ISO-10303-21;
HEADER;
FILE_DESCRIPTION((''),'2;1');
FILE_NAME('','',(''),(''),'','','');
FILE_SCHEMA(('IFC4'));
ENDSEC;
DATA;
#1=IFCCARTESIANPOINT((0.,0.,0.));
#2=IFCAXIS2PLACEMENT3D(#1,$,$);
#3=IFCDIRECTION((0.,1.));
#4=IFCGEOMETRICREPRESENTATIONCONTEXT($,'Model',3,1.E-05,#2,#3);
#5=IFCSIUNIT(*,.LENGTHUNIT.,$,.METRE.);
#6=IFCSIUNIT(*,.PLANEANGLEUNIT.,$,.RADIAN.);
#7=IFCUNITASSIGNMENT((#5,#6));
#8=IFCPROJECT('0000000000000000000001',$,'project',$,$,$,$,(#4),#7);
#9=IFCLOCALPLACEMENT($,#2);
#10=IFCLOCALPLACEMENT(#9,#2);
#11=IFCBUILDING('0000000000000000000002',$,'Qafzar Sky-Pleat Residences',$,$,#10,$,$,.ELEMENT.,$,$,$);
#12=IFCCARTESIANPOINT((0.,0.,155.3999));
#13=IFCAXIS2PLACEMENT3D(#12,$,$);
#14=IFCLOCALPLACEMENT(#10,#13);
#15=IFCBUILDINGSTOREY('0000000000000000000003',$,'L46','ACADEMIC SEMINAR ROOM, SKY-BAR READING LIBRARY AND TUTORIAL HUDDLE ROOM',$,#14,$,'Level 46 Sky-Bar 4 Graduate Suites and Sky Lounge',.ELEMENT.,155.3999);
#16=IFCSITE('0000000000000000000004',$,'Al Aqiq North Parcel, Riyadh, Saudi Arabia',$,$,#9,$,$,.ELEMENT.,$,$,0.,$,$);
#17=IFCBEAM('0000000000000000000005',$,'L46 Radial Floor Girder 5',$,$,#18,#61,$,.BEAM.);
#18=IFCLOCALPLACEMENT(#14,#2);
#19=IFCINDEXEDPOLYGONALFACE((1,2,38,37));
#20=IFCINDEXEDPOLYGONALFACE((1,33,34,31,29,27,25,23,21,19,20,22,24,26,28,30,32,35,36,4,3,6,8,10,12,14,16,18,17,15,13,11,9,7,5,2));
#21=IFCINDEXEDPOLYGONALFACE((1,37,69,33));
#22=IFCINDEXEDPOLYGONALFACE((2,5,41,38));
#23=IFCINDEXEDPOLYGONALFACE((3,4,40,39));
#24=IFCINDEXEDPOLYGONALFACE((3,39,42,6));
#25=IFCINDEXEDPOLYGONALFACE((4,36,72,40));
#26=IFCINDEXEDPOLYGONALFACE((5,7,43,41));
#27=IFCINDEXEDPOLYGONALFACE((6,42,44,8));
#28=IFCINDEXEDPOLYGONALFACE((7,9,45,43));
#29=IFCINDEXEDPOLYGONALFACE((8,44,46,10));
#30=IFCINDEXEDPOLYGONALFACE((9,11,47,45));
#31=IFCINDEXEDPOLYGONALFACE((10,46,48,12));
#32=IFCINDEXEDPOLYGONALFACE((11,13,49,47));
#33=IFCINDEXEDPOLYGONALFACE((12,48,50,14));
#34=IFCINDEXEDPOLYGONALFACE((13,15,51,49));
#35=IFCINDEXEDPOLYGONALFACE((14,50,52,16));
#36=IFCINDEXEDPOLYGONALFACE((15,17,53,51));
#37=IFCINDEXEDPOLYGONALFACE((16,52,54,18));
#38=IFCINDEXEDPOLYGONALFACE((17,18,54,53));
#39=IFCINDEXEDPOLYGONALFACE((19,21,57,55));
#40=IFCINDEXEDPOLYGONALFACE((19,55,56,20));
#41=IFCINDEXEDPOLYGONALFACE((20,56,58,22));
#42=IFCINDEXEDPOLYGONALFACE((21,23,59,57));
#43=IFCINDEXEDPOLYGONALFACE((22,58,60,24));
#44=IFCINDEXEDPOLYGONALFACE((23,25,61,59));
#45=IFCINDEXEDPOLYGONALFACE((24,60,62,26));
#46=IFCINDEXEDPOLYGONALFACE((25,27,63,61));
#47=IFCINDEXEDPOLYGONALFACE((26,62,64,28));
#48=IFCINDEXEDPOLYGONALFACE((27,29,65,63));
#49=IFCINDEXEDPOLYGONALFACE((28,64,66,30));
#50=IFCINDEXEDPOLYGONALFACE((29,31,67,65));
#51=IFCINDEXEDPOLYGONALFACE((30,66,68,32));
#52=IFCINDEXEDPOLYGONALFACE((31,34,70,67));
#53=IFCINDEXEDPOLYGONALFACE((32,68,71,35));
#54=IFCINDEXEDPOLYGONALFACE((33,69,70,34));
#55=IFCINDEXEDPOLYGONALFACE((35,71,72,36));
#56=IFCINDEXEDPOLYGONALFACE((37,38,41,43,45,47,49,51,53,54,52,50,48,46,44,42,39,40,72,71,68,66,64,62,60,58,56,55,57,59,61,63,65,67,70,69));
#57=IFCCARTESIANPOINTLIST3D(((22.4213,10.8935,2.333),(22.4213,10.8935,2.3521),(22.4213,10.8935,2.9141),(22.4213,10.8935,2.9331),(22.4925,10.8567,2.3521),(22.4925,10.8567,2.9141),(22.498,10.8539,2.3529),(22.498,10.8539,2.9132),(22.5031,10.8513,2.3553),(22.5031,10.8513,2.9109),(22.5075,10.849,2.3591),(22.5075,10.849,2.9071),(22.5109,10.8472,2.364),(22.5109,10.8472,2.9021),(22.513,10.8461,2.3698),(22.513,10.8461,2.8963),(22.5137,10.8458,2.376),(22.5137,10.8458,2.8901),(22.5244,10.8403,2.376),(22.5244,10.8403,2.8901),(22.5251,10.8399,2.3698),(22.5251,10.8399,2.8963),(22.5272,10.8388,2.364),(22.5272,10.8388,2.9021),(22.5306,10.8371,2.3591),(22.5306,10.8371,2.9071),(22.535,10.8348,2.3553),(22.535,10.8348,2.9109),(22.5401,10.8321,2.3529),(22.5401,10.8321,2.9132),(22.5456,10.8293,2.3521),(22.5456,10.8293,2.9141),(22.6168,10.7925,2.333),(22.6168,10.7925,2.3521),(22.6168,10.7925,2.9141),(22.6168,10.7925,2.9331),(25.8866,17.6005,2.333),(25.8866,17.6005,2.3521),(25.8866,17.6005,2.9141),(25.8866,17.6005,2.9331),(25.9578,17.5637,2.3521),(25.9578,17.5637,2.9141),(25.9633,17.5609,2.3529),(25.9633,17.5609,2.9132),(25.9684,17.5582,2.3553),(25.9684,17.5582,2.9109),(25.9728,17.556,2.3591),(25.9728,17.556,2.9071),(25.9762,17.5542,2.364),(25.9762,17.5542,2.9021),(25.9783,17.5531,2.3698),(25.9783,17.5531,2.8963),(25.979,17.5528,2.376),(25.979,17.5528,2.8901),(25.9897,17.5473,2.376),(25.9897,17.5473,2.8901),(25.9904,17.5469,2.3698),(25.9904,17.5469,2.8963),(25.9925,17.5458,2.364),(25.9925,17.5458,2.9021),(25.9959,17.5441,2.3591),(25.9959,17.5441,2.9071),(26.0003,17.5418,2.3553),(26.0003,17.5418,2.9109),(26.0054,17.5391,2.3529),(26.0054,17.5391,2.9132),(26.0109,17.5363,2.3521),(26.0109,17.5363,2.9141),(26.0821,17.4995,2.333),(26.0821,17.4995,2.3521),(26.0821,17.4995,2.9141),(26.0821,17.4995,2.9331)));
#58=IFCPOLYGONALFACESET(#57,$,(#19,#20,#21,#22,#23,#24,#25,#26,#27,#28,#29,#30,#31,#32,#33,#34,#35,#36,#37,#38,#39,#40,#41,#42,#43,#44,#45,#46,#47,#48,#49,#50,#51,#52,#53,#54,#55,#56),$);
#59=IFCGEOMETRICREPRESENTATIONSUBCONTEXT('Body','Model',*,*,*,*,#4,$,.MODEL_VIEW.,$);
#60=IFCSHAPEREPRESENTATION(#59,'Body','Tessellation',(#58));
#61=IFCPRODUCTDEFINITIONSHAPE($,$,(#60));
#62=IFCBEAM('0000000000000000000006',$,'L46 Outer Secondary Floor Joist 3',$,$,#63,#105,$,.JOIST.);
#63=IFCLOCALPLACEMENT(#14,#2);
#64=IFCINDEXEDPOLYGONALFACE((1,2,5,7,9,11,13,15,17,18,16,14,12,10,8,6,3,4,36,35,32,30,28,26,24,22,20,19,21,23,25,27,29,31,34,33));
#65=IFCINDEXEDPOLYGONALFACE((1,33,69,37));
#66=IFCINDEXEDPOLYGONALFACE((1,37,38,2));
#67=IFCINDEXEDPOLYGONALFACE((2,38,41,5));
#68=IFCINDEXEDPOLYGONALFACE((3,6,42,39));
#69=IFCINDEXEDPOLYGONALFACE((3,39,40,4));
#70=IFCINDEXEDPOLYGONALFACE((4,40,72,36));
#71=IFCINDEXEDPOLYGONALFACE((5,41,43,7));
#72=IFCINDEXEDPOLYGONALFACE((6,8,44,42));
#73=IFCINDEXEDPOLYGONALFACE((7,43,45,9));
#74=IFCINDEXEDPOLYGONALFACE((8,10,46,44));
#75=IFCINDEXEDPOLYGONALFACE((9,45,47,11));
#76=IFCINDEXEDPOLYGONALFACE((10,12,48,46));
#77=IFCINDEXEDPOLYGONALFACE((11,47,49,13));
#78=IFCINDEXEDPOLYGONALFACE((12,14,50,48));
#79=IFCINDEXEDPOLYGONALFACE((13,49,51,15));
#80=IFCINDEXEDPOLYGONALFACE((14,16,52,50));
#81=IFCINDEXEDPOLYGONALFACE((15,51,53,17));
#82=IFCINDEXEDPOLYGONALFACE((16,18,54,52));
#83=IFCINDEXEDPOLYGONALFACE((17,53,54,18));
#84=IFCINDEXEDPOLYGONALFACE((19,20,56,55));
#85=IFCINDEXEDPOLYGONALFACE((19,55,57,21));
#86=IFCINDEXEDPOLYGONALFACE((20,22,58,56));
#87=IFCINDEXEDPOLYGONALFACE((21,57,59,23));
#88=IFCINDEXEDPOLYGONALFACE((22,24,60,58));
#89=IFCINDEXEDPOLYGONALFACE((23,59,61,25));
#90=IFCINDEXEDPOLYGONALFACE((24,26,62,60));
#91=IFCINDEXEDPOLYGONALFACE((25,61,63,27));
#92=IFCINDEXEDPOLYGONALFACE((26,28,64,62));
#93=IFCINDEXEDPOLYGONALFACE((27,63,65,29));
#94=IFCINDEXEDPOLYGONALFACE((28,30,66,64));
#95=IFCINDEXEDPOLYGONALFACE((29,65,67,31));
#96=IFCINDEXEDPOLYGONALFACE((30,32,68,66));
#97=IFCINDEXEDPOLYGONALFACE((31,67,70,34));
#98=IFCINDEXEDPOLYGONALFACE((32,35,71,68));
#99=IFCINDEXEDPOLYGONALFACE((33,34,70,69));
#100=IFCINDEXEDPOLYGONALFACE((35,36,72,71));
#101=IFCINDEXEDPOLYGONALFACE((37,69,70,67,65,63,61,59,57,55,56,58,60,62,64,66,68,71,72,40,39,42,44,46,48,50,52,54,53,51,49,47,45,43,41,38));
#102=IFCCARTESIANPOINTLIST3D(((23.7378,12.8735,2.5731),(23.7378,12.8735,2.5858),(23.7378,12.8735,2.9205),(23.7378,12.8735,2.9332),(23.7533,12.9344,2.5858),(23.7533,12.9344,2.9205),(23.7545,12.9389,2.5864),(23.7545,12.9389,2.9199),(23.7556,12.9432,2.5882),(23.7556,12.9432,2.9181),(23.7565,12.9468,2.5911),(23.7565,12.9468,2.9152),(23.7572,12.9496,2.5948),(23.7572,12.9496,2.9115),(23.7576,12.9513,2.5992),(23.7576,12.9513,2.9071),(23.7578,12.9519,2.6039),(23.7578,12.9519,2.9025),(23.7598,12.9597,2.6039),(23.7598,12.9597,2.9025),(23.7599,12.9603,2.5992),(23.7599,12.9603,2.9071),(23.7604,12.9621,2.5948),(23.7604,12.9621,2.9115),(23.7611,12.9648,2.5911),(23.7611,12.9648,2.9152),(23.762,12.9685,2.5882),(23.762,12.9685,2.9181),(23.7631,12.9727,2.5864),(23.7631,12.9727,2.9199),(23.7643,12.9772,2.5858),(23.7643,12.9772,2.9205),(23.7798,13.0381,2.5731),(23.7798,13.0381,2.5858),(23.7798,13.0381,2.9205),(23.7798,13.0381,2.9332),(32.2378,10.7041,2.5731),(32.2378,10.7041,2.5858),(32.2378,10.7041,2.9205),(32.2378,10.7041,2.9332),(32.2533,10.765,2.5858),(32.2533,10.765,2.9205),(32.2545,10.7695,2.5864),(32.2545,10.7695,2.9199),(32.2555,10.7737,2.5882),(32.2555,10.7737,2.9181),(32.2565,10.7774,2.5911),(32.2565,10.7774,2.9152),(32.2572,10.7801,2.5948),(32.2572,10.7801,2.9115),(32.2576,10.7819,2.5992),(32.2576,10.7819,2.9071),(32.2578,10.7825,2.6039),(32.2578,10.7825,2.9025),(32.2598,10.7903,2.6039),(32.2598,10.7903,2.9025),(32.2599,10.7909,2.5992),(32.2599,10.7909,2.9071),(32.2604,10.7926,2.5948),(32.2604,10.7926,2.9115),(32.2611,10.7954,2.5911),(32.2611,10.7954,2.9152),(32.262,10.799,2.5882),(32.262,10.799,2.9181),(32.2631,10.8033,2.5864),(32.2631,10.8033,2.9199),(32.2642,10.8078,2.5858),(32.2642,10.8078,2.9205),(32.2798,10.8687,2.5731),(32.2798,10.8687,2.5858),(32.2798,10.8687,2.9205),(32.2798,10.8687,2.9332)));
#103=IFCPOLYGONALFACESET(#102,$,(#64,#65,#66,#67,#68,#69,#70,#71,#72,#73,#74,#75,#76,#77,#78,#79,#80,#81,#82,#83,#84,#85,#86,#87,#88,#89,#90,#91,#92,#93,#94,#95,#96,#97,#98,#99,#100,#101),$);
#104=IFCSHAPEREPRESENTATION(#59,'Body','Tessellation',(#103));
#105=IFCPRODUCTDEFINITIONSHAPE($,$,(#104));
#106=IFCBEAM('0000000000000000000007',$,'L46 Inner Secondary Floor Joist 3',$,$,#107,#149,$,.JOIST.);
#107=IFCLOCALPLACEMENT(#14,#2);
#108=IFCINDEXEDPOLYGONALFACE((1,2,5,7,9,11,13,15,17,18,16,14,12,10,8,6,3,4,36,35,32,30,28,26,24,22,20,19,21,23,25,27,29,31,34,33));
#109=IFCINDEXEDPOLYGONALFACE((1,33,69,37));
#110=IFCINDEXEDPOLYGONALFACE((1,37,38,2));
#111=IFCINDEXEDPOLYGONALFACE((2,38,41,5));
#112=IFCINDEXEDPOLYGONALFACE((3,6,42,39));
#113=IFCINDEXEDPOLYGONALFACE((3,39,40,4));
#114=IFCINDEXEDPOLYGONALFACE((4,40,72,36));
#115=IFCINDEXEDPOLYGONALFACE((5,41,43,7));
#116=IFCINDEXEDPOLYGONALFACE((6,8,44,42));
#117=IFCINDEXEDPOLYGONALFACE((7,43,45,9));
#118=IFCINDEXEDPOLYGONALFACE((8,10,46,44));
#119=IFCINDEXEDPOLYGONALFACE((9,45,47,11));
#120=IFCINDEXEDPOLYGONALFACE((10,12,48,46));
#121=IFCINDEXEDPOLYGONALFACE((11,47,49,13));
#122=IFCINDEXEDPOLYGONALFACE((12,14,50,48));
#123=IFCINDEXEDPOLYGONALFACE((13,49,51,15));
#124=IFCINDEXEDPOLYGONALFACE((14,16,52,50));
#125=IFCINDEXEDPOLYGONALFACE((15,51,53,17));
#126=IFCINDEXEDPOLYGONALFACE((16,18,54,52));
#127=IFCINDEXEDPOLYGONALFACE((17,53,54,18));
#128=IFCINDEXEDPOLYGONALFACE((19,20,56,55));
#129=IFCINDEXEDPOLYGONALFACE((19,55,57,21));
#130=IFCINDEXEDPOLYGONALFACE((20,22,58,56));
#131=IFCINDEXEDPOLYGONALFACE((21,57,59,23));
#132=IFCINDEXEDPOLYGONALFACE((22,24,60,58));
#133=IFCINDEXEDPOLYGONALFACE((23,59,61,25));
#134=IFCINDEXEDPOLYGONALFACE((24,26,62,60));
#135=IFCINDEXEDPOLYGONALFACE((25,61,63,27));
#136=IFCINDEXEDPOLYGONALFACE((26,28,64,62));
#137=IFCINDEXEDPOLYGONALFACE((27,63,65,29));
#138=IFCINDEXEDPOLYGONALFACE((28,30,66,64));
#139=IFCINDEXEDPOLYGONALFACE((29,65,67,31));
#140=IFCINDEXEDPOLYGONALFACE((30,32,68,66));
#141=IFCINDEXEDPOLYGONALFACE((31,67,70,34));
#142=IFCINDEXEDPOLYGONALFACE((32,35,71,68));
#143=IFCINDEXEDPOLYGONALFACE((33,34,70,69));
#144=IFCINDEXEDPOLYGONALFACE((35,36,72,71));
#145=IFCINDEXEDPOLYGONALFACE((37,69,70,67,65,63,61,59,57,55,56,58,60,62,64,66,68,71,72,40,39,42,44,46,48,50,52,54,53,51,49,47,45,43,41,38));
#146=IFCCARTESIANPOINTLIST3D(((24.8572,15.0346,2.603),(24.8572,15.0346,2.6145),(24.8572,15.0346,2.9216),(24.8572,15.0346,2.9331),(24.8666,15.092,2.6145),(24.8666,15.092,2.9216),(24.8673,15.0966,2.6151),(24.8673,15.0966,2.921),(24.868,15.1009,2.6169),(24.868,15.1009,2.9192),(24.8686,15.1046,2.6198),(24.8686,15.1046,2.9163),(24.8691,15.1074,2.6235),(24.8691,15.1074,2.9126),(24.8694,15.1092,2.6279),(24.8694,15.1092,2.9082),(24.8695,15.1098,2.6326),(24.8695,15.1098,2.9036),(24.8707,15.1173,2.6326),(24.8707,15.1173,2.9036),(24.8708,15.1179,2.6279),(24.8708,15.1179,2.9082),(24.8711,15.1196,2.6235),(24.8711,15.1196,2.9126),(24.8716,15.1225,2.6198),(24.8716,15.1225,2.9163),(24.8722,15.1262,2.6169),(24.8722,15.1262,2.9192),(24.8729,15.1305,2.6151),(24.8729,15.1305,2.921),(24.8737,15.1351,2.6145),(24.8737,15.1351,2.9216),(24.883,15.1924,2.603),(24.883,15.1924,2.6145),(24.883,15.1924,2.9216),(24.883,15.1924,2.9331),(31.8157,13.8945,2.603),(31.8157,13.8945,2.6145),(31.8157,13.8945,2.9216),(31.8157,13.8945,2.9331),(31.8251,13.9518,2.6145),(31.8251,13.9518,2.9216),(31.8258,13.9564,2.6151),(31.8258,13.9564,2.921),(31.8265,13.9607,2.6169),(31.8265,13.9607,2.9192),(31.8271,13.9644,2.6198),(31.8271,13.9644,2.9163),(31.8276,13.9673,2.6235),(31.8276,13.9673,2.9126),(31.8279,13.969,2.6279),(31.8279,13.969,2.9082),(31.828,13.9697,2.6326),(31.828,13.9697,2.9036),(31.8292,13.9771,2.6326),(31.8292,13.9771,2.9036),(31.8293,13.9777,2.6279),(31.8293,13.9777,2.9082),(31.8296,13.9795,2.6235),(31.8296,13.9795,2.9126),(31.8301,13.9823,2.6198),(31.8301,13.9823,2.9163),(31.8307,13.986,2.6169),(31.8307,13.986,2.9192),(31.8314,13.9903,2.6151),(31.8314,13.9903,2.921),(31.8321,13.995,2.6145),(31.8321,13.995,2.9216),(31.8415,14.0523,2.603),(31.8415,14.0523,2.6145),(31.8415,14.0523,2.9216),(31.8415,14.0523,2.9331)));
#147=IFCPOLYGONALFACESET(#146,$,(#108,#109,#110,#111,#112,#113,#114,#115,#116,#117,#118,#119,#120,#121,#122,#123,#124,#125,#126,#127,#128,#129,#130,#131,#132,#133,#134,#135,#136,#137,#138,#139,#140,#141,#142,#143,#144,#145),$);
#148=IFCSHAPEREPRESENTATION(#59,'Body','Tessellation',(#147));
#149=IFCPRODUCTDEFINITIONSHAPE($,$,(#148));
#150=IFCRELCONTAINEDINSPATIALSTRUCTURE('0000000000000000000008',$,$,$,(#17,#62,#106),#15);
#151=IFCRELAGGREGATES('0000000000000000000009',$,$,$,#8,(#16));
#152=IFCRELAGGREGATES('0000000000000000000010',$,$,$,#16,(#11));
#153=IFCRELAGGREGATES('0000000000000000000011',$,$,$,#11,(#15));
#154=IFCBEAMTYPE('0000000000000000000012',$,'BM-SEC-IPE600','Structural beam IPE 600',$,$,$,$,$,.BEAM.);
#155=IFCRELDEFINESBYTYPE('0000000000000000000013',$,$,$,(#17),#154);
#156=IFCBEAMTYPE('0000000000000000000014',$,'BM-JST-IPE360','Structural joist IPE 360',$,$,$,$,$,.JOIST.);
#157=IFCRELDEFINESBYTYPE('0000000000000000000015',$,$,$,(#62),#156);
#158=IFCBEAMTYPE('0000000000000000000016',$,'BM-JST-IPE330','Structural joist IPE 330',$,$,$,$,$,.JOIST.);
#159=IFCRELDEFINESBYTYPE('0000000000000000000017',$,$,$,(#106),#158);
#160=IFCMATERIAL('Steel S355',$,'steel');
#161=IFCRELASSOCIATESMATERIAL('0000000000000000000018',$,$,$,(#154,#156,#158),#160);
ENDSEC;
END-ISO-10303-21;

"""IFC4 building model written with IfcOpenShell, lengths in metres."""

from ifc_helpers import new_model, si_unit, direction, frame, origin, origin_2d, place, context, subcontext, project, spatial, i_section, extrude, source, transform, mapped, material, material_profile, profile_set, type_object, element, save


model = new_model("IFC4")

# Units and contexts
model_context = context("Model", 3, precision=1e-05, world=origin(), true_north=direction((0.0, 1.0)))
body_context = subcontext(model_context, "Body", "Model", "MODEL_VIEW")
ifc_project = project(units=[si_unit("LENGTHUNIT", "METRE"), si_unit("PLANEANGLEUNIT", "RADIAN")], contexts=[model_context])

# Site, building, storey
site_placement = place(None, origin())
site = spatial("IfcSite", under=ifc_project, at=site_placement, Name="Al Aqiq North Parcel, Riyadh, Saudi Arabia", CompositionType="ELEMENT", RefElevation=0.0)
building_placement = place(site_placement, origin())
building = spatial("IfcBuilding", under=site, at=building_placement, Name="Qafzar Sky-Pleat Residences", CompositionType="ELEMENT")
storey_placement = place(building_placement, frame((0.0, 0.0, 155.3999)))
storey = spatial("IfcBuildingStorey", under=building, at=storey_placement, Name="L46", Description="ACADEMIC SEMINAR ROOM, SKY-BAR READING LIBRARY AND TUTORIAL HUDDLE ROOM", LongName="Level 46 Sky-Bar 4 Graduate Suites and Sky Lounge", CompositionType="ELEMENT", Elevation=155.3999)

# Shared definitions
ifc_material_1 = material(Name="Steel S355", Category="steel")

# Beams
ifc_material_profile_1 = material_profile(ifc_material_1, i_section(OverallWidth=0.22, OverallDepth=0.6001, WebThickness=0.012, FlangeThickness=0.019, FilletRadius=0.0239, at=origin_2d()), Name="IPE 600")
ifc_profile_set_1 = profile_set([ifc_material_profile_1], Name="Steel S355")
beam_type_1 = type_object("IfcBeamType", Name="BM-SEC-IPE600", Description="Structural beam IPE 600", PredefinedType="BEAM", material=ifc_profile_set_1)
shared_shape_1 = source(origin(), body_context, "Body", "SweptSolid", [
    extrude(i_section(OverallWidth=0.22, OverallDepth=0.6001, WebThickness=0.012, FlangeThickness=0.019, FilletRadius=0.0239, at=origin_2d()), origin(), (0.0, 0.0, 1.0), 7.5493),
])
beam_1_placement = place(storey_placement, frame((22.519, 10.843, 2.6331), z_axis=(0.459023, 0.888424, 0.0), x_axis=(-0.888424, 0.459023, 0.0)))
element("IfcBeam", 1, at=beam_1_placement, inside=storey, type_object=beam_type_1, Name="L46 Radial Floor Girder 5", PredefinedType="BEAM", context=body_context, shape_type="MappedRepresentation", body=[
    mapped(shared_shape_1, transform((0.0, 0.0, 0.0), x_axis=(1.0, 0.0, 0.0), y_axis=(0.0, 1.0, 0.0), z_axis=(0.0, 0.0, 1.0), scale=1.0)),
])
ifc_material_profile_2 = material_profile(ifc_material_1, i_section(OverallWidth=0.1699, OverallDepth=0.3601, WebThickness=0.0081, FlangeThickness=0.0127, FilletRadius=0.0181, at=origin_2d()), Name="IPE 360")
ifc_profile_set_2 = profile_set([ifc_material_profile_2], Name="Steel S355")
beam_type_2 = type_object("IfcBeamType", Name="BM-JST-IPE360", Description="Structural joist IPE 360", PredefinedType="JOIST", material=ifc_profile_set_2)
shared_shape_2 = source(origin(), body_context, "Body", "SweptSolid", [
    extrude(i_section(OverallWidth=0.1699, OverallDepth=0.3601, WebThickness=0.0081, FlangeThickness=0.0127, FilletRadius=0.0181, at=origin_2d()), origin(), (0.0, 0.0, 1.0), 8.7725),
])
beam_2_placement = place(storey_placement, frame((23.7588, 12.9558, 2.7532), z_axis=(0.968939, -0.2473, 0.0), x_axis=(0.2473, 0.968939, 0.0)))
element("IfcBeam", 2, at=beam_2_placement, inside=storey, type_object=beam_type_2, Name="L46 Outer Secondary Floor Joist 3", PredefinedType="JOIST", context=body_context, shape_type="MappedRepresentation", body=[
    mapped(shared_shape_2, transform((0.0, 0.0, 0.0), x_axis=(1.0, 0.0, 0.0), y_axis=(0.0, 1.0, 0.0), z_axis=(0.0, 0.0, 1.0), scale=1.0)),
])
ifc_material_profile_3 = material_profile(ifc_material_1, i_section(OverallWidth=0.1599, OverallDepth=0.3301, WebThickness=0.0076, FlangeThickness=0.0115, FilletRadius=0.0181, at=origin_2d()), Name="IPE 330")
ifc_profile_set_3 = profile_set([ifc_material_profile_3], Name="Steel S355")
beam_type_3 = type_object("IfcBeamType", Name="BM-JST-IPE330", Description="Structural joist IPE 330", PredefinedType="JOIST", material=ifc_profile_set_3)
shared_shape_3 = source(origin(), body_context, "Body", "SweptSolid", [
    extrude(i_section(OverallWidth=0.1599, OverallDepth=0.3301, WebThickness=0.0076, FlangeThickness=0.0115, FilletRadius=0.0181, at=origin_2d()), origin(), (0.0, 0.0, 1.0), 7.0513),
])
beam_3_placement = place(storey_placement, frame((24.8701, 15.1135, 2.7681), z_axis=(0.986841, -0.161692, 0.0), x_axis=(0.161692, 0.986841, 0.0)))
element("IfcBeam", 3, at=beam_3_placement, inside=storey, type_object=beam_type_3, Name="L46 Inner Secondary Floor Joist 3", PredefinedType="JOIST", context=body_context, shape_type="MappedRepresentation", body=[
    mapped(shared_shape_3, transform((0.0, 0.0, 0.0), x_axis=(1.0, 0.0, 0.0), y_axis=(0.0, 1.0, 0.0), z_axis=(0.0, 0.0, 1.0), scale=1.0)),
])

save(model, "model.ifc")
